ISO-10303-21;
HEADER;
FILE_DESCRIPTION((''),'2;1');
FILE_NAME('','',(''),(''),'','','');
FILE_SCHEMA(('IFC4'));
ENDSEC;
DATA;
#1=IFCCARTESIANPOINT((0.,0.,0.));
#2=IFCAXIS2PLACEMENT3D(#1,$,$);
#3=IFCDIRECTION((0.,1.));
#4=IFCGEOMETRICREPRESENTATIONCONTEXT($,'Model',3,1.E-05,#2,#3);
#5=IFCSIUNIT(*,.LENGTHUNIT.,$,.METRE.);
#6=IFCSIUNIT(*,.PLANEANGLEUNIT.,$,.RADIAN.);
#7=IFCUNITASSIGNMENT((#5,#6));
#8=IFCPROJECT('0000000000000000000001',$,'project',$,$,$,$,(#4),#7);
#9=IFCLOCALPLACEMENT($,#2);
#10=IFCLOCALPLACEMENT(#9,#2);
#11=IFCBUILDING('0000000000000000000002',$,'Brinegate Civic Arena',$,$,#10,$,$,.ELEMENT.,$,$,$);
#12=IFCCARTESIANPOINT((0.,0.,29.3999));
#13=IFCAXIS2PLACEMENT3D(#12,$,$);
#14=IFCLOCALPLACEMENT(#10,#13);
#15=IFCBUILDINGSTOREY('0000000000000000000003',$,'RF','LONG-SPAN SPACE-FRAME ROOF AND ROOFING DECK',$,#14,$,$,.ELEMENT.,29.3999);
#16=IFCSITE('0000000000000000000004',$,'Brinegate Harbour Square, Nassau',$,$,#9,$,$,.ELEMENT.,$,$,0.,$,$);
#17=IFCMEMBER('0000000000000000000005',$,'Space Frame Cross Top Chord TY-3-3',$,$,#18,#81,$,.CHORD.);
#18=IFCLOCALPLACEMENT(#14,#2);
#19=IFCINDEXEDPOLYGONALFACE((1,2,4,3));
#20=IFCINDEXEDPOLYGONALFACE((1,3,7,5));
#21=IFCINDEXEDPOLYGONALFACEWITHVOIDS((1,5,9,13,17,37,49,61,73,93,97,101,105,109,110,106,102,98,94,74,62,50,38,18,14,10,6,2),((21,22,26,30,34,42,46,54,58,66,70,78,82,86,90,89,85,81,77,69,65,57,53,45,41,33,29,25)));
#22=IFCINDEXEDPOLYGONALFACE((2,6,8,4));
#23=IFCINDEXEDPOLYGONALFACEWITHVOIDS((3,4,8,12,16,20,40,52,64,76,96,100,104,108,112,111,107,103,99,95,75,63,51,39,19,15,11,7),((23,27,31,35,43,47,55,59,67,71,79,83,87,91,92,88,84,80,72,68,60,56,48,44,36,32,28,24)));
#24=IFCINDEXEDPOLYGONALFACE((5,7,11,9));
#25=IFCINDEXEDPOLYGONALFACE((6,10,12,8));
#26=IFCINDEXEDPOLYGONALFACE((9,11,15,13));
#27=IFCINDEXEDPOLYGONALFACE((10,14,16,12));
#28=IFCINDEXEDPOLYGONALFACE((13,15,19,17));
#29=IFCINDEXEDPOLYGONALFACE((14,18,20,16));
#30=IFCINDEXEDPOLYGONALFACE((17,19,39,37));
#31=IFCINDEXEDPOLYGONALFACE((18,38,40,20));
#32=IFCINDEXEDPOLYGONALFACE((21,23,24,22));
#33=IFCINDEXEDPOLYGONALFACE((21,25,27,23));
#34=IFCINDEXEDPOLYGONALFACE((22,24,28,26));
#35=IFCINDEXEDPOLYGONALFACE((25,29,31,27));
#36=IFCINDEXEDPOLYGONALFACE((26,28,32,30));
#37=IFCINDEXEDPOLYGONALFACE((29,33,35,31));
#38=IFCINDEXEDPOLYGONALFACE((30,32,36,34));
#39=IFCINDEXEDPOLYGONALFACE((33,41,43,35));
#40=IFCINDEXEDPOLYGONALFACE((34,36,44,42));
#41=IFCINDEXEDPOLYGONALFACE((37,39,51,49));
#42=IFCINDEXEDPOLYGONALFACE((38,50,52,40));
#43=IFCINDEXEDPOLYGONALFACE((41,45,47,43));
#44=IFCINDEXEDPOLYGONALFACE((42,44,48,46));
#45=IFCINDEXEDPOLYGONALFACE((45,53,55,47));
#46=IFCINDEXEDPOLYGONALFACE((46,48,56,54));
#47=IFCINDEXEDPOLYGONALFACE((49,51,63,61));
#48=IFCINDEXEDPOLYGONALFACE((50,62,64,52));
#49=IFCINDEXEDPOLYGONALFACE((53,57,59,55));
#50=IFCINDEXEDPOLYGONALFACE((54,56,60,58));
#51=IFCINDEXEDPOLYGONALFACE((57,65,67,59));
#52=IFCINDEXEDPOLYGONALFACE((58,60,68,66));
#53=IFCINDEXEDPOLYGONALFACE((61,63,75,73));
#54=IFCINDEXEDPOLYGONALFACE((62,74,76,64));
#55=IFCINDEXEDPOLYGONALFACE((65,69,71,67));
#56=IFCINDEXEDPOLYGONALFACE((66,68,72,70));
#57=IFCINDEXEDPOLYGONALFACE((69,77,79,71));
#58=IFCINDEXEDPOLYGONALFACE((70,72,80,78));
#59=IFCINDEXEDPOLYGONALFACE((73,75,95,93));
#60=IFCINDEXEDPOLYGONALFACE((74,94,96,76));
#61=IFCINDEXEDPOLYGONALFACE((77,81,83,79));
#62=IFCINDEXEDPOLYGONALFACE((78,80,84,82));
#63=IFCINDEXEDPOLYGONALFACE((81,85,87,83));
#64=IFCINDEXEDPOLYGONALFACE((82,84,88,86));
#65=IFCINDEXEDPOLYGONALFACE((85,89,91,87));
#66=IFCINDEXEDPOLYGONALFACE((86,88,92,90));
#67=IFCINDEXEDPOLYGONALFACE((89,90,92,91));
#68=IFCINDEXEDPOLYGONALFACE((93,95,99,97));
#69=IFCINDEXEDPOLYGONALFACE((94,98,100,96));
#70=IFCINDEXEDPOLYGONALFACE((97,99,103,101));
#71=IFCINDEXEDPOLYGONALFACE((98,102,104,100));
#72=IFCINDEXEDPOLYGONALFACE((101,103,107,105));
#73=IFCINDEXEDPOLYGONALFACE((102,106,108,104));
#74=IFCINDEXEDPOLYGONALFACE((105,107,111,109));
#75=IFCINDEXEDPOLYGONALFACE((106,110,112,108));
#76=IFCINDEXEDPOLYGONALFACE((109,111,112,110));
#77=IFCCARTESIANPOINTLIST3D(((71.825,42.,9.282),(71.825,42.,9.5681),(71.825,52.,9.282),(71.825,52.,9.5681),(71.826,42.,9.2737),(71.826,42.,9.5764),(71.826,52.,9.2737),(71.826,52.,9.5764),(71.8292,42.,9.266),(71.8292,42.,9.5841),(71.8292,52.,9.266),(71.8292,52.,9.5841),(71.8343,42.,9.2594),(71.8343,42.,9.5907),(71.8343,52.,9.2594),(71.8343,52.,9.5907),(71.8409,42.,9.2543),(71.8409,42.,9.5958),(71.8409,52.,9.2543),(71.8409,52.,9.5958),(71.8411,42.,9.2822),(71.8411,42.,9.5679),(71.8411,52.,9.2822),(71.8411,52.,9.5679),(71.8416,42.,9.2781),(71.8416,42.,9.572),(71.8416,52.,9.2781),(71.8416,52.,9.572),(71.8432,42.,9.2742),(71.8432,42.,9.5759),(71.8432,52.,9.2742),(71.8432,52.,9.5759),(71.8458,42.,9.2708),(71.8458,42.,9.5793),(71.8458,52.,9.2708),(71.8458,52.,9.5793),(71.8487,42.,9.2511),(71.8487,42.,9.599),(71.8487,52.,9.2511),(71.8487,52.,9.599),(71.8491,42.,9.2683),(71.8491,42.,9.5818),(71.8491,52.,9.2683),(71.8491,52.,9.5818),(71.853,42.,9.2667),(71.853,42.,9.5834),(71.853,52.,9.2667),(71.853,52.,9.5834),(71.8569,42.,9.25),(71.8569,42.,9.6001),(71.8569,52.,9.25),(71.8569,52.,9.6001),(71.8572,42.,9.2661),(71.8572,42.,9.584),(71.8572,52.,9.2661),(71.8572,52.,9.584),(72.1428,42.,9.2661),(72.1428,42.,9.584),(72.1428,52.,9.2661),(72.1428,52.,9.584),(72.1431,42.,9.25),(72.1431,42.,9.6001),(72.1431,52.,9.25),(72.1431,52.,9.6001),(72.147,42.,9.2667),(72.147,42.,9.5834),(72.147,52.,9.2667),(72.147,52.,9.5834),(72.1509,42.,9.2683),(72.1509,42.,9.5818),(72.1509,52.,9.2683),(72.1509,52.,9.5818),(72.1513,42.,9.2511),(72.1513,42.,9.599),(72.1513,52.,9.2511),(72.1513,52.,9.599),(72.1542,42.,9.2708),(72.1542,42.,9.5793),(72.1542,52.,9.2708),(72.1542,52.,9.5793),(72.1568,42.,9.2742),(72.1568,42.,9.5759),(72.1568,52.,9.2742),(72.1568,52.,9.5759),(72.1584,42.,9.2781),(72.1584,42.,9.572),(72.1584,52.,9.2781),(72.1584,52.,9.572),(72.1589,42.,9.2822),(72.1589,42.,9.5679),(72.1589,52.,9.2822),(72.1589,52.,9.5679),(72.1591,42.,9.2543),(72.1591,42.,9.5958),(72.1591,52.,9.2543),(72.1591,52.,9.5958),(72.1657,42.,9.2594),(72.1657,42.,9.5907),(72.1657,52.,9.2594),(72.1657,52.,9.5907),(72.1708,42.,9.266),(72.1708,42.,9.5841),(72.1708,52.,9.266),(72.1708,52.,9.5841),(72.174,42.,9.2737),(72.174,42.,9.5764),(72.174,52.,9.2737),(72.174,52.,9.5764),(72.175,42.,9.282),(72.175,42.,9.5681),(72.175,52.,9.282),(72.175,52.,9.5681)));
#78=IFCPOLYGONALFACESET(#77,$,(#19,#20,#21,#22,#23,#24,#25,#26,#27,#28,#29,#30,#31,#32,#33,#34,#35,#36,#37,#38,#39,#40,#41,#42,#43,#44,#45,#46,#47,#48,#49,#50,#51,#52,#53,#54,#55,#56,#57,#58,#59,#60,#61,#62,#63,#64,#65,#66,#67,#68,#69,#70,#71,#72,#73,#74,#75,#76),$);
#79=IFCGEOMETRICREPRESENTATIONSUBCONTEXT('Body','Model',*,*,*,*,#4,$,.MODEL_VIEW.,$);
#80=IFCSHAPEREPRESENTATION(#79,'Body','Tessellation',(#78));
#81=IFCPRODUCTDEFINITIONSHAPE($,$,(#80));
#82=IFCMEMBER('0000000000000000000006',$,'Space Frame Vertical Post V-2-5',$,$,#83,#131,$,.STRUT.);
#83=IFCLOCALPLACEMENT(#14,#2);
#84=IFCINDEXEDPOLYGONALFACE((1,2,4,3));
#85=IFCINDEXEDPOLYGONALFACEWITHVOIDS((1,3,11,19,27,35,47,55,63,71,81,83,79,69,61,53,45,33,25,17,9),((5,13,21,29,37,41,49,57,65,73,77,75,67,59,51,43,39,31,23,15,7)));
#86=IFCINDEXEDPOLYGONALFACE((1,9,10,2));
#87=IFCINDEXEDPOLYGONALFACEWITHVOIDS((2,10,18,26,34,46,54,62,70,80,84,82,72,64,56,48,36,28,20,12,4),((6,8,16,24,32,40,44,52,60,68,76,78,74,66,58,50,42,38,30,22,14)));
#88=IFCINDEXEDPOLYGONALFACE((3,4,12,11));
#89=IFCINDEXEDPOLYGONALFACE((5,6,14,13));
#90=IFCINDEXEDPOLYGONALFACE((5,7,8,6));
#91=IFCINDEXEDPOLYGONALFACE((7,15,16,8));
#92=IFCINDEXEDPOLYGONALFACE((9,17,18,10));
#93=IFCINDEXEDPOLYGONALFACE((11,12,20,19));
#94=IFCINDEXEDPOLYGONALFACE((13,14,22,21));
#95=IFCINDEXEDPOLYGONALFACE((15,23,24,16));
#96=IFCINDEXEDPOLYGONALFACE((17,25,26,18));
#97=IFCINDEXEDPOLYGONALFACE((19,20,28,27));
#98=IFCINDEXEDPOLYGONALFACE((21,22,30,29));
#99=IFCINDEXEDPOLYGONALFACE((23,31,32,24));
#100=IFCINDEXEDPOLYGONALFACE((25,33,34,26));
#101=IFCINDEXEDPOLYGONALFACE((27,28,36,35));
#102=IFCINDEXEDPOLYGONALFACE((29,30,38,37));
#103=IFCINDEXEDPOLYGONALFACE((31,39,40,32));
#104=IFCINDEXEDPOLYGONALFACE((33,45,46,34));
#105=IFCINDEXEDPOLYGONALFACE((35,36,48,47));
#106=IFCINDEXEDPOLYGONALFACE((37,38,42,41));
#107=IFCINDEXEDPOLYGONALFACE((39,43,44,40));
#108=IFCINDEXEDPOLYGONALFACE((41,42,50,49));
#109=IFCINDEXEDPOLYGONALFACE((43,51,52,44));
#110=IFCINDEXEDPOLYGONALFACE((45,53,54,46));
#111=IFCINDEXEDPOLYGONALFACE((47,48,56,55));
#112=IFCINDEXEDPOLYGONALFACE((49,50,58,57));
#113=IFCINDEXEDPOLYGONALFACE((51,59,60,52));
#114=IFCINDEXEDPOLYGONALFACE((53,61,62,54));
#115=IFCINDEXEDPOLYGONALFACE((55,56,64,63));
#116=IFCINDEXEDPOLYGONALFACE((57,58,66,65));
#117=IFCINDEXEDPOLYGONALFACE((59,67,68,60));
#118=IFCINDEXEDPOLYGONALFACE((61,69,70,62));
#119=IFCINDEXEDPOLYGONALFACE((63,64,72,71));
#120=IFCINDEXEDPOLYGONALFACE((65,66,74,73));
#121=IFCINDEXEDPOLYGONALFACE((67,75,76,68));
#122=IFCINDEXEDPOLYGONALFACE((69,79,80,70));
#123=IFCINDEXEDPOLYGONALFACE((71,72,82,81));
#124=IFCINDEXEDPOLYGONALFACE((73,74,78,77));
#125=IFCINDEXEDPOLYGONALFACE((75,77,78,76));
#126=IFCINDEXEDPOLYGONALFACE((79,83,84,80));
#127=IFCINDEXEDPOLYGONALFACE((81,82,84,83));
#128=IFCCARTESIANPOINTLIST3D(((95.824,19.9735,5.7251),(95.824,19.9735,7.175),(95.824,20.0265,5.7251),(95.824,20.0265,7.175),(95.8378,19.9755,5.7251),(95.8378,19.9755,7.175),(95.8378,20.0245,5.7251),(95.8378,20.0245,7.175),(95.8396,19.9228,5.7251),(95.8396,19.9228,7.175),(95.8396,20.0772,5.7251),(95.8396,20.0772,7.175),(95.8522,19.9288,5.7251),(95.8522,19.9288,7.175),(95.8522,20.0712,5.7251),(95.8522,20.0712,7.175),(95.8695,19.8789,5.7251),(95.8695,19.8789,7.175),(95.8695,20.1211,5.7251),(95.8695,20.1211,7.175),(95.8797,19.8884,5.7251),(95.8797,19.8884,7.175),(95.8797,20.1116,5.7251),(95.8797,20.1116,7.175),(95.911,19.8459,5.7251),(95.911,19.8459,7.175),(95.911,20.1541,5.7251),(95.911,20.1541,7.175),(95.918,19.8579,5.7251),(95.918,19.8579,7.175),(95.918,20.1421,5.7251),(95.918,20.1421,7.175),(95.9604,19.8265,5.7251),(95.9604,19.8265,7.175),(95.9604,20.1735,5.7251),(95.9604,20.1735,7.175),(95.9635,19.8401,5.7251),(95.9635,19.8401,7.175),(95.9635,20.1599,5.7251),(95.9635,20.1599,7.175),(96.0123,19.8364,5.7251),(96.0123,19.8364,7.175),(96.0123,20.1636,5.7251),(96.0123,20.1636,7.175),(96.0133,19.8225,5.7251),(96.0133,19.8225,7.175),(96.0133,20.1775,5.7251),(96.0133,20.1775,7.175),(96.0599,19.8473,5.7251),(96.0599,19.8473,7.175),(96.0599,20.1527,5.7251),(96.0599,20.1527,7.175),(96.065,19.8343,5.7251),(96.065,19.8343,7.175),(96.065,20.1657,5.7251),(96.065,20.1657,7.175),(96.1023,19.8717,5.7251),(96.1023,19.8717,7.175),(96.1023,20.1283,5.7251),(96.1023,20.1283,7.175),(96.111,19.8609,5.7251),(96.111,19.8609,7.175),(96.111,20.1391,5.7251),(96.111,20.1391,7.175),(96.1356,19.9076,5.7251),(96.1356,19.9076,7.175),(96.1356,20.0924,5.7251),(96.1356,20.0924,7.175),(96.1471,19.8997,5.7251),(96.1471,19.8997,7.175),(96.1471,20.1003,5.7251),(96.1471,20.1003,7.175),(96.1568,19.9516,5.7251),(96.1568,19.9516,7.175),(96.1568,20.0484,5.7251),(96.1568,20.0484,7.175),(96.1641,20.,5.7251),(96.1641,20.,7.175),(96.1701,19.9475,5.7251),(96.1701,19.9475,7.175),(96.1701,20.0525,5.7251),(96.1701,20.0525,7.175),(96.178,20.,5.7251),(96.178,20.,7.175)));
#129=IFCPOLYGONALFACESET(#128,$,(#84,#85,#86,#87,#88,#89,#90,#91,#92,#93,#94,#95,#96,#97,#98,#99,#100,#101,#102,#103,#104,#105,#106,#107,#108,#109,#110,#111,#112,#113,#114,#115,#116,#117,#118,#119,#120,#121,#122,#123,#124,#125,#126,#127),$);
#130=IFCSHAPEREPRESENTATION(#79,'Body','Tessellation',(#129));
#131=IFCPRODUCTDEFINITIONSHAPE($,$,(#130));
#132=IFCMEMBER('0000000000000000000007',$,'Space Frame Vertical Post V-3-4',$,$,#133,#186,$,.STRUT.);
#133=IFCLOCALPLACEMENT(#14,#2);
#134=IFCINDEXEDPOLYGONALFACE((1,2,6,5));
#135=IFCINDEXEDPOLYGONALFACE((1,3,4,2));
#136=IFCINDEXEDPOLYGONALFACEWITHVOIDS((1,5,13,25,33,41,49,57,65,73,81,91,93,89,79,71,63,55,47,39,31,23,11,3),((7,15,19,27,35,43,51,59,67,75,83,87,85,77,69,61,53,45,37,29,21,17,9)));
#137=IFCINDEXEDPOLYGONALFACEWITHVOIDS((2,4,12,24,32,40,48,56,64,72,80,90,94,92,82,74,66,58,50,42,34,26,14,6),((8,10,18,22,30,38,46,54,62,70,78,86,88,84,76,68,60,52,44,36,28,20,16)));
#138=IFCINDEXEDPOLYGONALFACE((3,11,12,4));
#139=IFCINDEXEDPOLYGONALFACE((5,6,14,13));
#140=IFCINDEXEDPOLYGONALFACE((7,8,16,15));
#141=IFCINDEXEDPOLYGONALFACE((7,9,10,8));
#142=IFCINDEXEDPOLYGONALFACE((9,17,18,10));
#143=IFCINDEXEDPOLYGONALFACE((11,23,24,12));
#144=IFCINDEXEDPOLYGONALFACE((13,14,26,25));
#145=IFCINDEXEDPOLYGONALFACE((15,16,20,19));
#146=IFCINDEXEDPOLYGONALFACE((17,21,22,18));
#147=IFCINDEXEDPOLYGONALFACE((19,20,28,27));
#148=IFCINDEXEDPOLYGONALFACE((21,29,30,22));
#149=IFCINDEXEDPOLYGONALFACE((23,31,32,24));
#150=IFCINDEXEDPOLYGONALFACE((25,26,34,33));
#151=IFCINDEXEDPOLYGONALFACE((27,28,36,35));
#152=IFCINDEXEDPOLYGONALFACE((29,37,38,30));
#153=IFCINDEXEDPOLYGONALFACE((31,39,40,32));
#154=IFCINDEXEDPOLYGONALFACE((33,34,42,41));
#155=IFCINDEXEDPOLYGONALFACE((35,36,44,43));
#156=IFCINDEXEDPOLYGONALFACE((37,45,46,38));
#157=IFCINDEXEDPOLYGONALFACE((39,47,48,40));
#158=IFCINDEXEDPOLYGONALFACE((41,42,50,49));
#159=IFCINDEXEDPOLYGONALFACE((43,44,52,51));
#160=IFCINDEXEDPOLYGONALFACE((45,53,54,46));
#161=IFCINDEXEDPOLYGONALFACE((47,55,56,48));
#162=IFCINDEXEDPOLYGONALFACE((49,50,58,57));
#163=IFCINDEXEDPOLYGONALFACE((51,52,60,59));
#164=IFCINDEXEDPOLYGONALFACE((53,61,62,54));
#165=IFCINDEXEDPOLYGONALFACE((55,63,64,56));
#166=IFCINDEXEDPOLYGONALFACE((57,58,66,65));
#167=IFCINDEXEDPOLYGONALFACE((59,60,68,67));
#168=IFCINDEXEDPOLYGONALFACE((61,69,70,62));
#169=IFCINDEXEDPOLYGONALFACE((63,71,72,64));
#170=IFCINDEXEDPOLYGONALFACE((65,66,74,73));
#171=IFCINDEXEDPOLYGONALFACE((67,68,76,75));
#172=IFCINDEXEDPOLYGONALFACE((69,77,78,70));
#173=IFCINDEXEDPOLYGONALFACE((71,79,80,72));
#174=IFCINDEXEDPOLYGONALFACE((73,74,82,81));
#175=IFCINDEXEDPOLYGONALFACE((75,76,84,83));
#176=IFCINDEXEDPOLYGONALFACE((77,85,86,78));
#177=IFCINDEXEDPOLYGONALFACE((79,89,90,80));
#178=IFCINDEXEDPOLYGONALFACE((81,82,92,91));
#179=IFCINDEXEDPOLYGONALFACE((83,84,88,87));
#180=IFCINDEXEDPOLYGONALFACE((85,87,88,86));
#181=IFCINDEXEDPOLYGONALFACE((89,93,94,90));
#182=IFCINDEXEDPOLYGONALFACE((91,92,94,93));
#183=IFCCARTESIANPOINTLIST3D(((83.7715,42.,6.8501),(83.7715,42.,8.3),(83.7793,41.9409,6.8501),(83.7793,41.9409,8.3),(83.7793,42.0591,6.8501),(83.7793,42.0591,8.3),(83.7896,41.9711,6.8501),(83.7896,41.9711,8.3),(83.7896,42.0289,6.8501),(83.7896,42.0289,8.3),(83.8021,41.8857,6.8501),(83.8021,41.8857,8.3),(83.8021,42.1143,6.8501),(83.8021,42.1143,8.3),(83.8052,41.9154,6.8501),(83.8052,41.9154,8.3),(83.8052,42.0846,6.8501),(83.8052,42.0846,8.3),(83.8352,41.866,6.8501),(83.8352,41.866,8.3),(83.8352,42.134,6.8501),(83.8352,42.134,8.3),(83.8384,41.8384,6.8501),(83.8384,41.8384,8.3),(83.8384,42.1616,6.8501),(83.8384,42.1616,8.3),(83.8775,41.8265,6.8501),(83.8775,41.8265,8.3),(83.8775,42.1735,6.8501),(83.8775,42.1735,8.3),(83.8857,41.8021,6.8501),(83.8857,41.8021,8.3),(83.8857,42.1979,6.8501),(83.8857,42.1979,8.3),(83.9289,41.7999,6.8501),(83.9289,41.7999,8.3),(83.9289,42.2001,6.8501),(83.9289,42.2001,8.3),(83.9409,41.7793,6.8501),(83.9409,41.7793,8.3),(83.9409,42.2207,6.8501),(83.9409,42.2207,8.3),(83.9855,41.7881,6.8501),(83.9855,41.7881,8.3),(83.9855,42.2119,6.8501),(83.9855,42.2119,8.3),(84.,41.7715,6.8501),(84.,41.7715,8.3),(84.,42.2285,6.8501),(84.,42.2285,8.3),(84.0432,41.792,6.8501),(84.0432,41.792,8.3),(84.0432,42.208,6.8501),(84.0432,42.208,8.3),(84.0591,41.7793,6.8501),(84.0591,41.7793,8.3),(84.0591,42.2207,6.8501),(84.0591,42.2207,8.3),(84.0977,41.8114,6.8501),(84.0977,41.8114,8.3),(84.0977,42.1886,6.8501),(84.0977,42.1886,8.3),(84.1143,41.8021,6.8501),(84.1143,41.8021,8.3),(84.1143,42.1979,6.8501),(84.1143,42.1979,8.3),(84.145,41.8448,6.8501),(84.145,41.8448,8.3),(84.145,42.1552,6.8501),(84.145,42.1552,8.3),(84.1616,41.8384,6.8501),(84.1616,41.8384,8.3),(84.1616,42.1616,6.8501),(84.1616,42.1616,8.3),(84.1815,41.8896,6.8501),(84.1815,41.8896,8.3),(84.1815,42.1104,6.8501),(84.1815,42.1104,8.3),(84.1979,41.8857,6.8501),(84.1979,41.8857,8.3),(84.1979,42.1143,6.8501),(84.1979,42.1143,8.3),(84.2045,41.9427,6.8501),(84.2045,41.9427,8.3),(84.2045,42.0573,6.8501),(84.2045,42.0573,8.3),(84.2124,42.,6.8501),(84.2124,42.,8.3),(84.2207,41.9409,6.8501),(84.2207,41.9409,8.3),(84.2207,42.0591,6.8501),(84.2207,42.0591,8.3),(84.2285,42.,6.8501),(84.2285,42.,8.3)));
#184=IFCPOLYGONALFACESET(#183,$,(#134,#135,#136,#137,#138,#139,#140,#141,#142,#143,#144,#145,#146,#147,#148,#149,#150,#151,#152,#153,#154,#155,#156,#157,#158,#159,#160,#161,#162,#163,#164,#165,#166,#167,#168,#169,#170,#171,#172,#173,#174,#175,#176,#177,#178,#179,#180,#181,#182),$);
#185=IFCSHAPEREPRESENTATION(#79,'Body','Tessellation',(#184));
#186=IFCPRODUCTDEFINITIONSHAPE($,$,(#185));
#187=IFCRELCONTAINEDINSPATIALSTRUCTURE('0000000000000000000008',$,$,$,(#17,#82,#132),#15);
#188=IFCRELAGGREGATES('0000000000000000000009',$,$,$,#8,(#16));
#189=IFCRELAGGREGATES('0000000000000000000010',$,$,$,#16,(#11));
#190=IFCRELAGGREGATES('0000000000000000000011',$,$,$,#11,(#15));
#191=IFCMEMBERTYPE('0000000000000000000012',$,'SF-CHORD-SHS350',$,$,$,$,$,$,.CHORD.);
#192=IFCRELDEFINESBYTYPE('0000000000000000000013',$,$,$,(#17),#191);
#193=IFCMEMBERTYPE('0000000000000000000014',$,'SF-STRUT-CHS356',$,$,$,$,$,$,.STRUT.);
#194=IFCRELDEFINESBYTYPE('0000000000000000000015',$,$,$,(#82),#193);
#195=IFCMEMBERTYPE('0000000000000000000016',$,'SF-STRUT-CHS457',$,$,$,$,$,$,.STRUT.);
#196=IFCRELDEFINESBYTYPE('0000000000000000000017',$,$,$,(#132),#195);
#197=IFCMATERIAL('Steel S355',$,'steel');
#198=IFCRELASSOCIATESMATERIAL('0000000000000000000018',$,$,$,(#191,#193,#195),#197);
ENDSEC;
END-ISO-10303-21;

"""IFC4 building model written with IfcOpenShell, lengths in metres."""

from ifc_helpers import new_model, si_unit, direction, frame, origin, origin_2d, place, context, subcontext, project, spatial, hollow_rectangle, hollow_circle, extrude, material, material_profile, profile_set, type_object, element, save


model = new_model("IFC4")

# Units and contexts
model_context = context("Model", 3, precision=1e-05, world=origin(), true_north=direction((0.0, 1.0)))
body_context = subcontext(model_context, "Body", "Model", "MODEL_VIEW")
ifc_project = project(units=[si_unit("LENGTHUNIT", "METRE"), si_unit("PLANEANGLEUNIT", "RADIAN")], contexts=[model_context])

# Site, building, storey
site_placement = place(None, origin())
site = spatial("IfcSite", under=ifc_project, at=site_placement, Name="Brinegate Harbour Square, Nassau", CompositionType="ELEMENT", RefElevation=0.0)
building_placement = place(site_placement, origin())
building = spatial("IfcBuilding", under=site, at=building_placement, Name="Brinegate Civic Arena", CompositionType="ELEMENT")
storey_placement = place(building_placement, frame((0.0, 0.0, 29.3999)))
storey = spatial("IfcBuildingStorey", under=building, at=storey_placement, Name="RF", Description="LONG-SPAN SPACE-FRAME ROOF AND ROOFING DECK", CompositionType="ELEMENT", Elevation=29.3999)

# Members
ifc_material = material(Name="Steel S355", Category="steel")
ifc_material_profile_1 = material_profile(ifc_material, hollow_rectangle(XDim=0.3501, YDim=0.3501, WallThickness=0.0161, InnerFilletRadius=0.0161, OuterFilletRadius=0.032, at=origin_2d()), Name="SHS350X16")
ifc_profile_set_1 = profile_set([ifc_material_profile_1], Name="Steel S355")
member_type_1 = type_object("IfcMemberType", Name="SF-CHORD-SHS350", PredefinedType="CHORD", material=ifc_profile_set_1)
member_1_placement = place(storey_placement, frame((72.0, 42.0, 9.425), z_axis=(0.0, 1.0, 0.0), x_axis=(-1.0, 0.0, 0.0)))
element("IfcMember", 1, at=member_1_placement, inside=storey, type_object=member_type_1, Name="Space Frame Cross Top Chord TY-3-3", PredefinedType="CHORD", context=body_context, shape_type="SweptSolid", body=[
    extrude(hollow_rectangle(XDim=0.3501, YDim=0.3501, WallThickness=0.0161, InnerFilletRadius=0.0161, OuterFilletRadius=0.032, at=origin_2d()), origin(), (0.0, 0.0, 1.0), 10.0),
])
ifc_material_profile_2 = material_profile(ifc_material, hollow_circle(Radius=0.178, WallThickness=0.0139, at=origin_2d()), Name="CHS356X14")
ifc_profile_set_2 = profile_set([ifc_material_profile_2], Name="Steel S355")
member_type_2 = type_object("IfcMemberType", Name="SF-STRUT-CHS356", PredefinedType="STRUT", material=ifc_profile_set_2)
member_2_placement = place(storey_placement, frame((96.0, 20.0, 5.7251), z_axis=(0.0, 0.0, 1.0), x_axis=(1.0, 0.0, 0.0)))
element("IfcMember", 2, at=member_2_placement, inside=storey, type_object=member_type_2, Name="Space Frame Vertical Post V-2-5", PredefinedType="STRUT", context=body_context, shape_type="SweptSolid", body=[
    extrude(hollow_circle(Radius=0.178, WallThickness=0.0139, at=origin_2d()), origin(), (0.0, 0.0, 1.0), 1.45),
])
ifc_material_profile_3 = material_profile(ifc_material, hollow_circle(Radius=0.2285, WallThickness=0.0161, at=origin_2d()), Name="CHS457X16")
ifc_profile_set_3 = profile_set([ifc_material_profile_3], Name="Steel S355")
member_type_3 = type_object("IfcMemberType", Name="SF-STRUT-CHS457", PredefinedType="STRUT", material=ifc_profile_set_3)
member_3_placement = place(storey_placement, frame((84.0, 42.0, 6.8501), z_axis=(0.0, 0.0, 1.0), x_axis=(1.0, 0.0, 0.0)))
element("IfcMember", 3, at=member_3_placement, inside=storey, type_object=member_type_3, Name="Space Frame Vertical Post V-3-4", PredefinedType="STRUT", context=body_context, shape_type="SweptSolid", body=[
    extrude(hollow_circle(Radius=0.2285, WallThickness=0.0161, at=origin_2d()), origin(), (0.0, 0.0, 1.0), 1.45),
])

save(model, "model.ifc")
